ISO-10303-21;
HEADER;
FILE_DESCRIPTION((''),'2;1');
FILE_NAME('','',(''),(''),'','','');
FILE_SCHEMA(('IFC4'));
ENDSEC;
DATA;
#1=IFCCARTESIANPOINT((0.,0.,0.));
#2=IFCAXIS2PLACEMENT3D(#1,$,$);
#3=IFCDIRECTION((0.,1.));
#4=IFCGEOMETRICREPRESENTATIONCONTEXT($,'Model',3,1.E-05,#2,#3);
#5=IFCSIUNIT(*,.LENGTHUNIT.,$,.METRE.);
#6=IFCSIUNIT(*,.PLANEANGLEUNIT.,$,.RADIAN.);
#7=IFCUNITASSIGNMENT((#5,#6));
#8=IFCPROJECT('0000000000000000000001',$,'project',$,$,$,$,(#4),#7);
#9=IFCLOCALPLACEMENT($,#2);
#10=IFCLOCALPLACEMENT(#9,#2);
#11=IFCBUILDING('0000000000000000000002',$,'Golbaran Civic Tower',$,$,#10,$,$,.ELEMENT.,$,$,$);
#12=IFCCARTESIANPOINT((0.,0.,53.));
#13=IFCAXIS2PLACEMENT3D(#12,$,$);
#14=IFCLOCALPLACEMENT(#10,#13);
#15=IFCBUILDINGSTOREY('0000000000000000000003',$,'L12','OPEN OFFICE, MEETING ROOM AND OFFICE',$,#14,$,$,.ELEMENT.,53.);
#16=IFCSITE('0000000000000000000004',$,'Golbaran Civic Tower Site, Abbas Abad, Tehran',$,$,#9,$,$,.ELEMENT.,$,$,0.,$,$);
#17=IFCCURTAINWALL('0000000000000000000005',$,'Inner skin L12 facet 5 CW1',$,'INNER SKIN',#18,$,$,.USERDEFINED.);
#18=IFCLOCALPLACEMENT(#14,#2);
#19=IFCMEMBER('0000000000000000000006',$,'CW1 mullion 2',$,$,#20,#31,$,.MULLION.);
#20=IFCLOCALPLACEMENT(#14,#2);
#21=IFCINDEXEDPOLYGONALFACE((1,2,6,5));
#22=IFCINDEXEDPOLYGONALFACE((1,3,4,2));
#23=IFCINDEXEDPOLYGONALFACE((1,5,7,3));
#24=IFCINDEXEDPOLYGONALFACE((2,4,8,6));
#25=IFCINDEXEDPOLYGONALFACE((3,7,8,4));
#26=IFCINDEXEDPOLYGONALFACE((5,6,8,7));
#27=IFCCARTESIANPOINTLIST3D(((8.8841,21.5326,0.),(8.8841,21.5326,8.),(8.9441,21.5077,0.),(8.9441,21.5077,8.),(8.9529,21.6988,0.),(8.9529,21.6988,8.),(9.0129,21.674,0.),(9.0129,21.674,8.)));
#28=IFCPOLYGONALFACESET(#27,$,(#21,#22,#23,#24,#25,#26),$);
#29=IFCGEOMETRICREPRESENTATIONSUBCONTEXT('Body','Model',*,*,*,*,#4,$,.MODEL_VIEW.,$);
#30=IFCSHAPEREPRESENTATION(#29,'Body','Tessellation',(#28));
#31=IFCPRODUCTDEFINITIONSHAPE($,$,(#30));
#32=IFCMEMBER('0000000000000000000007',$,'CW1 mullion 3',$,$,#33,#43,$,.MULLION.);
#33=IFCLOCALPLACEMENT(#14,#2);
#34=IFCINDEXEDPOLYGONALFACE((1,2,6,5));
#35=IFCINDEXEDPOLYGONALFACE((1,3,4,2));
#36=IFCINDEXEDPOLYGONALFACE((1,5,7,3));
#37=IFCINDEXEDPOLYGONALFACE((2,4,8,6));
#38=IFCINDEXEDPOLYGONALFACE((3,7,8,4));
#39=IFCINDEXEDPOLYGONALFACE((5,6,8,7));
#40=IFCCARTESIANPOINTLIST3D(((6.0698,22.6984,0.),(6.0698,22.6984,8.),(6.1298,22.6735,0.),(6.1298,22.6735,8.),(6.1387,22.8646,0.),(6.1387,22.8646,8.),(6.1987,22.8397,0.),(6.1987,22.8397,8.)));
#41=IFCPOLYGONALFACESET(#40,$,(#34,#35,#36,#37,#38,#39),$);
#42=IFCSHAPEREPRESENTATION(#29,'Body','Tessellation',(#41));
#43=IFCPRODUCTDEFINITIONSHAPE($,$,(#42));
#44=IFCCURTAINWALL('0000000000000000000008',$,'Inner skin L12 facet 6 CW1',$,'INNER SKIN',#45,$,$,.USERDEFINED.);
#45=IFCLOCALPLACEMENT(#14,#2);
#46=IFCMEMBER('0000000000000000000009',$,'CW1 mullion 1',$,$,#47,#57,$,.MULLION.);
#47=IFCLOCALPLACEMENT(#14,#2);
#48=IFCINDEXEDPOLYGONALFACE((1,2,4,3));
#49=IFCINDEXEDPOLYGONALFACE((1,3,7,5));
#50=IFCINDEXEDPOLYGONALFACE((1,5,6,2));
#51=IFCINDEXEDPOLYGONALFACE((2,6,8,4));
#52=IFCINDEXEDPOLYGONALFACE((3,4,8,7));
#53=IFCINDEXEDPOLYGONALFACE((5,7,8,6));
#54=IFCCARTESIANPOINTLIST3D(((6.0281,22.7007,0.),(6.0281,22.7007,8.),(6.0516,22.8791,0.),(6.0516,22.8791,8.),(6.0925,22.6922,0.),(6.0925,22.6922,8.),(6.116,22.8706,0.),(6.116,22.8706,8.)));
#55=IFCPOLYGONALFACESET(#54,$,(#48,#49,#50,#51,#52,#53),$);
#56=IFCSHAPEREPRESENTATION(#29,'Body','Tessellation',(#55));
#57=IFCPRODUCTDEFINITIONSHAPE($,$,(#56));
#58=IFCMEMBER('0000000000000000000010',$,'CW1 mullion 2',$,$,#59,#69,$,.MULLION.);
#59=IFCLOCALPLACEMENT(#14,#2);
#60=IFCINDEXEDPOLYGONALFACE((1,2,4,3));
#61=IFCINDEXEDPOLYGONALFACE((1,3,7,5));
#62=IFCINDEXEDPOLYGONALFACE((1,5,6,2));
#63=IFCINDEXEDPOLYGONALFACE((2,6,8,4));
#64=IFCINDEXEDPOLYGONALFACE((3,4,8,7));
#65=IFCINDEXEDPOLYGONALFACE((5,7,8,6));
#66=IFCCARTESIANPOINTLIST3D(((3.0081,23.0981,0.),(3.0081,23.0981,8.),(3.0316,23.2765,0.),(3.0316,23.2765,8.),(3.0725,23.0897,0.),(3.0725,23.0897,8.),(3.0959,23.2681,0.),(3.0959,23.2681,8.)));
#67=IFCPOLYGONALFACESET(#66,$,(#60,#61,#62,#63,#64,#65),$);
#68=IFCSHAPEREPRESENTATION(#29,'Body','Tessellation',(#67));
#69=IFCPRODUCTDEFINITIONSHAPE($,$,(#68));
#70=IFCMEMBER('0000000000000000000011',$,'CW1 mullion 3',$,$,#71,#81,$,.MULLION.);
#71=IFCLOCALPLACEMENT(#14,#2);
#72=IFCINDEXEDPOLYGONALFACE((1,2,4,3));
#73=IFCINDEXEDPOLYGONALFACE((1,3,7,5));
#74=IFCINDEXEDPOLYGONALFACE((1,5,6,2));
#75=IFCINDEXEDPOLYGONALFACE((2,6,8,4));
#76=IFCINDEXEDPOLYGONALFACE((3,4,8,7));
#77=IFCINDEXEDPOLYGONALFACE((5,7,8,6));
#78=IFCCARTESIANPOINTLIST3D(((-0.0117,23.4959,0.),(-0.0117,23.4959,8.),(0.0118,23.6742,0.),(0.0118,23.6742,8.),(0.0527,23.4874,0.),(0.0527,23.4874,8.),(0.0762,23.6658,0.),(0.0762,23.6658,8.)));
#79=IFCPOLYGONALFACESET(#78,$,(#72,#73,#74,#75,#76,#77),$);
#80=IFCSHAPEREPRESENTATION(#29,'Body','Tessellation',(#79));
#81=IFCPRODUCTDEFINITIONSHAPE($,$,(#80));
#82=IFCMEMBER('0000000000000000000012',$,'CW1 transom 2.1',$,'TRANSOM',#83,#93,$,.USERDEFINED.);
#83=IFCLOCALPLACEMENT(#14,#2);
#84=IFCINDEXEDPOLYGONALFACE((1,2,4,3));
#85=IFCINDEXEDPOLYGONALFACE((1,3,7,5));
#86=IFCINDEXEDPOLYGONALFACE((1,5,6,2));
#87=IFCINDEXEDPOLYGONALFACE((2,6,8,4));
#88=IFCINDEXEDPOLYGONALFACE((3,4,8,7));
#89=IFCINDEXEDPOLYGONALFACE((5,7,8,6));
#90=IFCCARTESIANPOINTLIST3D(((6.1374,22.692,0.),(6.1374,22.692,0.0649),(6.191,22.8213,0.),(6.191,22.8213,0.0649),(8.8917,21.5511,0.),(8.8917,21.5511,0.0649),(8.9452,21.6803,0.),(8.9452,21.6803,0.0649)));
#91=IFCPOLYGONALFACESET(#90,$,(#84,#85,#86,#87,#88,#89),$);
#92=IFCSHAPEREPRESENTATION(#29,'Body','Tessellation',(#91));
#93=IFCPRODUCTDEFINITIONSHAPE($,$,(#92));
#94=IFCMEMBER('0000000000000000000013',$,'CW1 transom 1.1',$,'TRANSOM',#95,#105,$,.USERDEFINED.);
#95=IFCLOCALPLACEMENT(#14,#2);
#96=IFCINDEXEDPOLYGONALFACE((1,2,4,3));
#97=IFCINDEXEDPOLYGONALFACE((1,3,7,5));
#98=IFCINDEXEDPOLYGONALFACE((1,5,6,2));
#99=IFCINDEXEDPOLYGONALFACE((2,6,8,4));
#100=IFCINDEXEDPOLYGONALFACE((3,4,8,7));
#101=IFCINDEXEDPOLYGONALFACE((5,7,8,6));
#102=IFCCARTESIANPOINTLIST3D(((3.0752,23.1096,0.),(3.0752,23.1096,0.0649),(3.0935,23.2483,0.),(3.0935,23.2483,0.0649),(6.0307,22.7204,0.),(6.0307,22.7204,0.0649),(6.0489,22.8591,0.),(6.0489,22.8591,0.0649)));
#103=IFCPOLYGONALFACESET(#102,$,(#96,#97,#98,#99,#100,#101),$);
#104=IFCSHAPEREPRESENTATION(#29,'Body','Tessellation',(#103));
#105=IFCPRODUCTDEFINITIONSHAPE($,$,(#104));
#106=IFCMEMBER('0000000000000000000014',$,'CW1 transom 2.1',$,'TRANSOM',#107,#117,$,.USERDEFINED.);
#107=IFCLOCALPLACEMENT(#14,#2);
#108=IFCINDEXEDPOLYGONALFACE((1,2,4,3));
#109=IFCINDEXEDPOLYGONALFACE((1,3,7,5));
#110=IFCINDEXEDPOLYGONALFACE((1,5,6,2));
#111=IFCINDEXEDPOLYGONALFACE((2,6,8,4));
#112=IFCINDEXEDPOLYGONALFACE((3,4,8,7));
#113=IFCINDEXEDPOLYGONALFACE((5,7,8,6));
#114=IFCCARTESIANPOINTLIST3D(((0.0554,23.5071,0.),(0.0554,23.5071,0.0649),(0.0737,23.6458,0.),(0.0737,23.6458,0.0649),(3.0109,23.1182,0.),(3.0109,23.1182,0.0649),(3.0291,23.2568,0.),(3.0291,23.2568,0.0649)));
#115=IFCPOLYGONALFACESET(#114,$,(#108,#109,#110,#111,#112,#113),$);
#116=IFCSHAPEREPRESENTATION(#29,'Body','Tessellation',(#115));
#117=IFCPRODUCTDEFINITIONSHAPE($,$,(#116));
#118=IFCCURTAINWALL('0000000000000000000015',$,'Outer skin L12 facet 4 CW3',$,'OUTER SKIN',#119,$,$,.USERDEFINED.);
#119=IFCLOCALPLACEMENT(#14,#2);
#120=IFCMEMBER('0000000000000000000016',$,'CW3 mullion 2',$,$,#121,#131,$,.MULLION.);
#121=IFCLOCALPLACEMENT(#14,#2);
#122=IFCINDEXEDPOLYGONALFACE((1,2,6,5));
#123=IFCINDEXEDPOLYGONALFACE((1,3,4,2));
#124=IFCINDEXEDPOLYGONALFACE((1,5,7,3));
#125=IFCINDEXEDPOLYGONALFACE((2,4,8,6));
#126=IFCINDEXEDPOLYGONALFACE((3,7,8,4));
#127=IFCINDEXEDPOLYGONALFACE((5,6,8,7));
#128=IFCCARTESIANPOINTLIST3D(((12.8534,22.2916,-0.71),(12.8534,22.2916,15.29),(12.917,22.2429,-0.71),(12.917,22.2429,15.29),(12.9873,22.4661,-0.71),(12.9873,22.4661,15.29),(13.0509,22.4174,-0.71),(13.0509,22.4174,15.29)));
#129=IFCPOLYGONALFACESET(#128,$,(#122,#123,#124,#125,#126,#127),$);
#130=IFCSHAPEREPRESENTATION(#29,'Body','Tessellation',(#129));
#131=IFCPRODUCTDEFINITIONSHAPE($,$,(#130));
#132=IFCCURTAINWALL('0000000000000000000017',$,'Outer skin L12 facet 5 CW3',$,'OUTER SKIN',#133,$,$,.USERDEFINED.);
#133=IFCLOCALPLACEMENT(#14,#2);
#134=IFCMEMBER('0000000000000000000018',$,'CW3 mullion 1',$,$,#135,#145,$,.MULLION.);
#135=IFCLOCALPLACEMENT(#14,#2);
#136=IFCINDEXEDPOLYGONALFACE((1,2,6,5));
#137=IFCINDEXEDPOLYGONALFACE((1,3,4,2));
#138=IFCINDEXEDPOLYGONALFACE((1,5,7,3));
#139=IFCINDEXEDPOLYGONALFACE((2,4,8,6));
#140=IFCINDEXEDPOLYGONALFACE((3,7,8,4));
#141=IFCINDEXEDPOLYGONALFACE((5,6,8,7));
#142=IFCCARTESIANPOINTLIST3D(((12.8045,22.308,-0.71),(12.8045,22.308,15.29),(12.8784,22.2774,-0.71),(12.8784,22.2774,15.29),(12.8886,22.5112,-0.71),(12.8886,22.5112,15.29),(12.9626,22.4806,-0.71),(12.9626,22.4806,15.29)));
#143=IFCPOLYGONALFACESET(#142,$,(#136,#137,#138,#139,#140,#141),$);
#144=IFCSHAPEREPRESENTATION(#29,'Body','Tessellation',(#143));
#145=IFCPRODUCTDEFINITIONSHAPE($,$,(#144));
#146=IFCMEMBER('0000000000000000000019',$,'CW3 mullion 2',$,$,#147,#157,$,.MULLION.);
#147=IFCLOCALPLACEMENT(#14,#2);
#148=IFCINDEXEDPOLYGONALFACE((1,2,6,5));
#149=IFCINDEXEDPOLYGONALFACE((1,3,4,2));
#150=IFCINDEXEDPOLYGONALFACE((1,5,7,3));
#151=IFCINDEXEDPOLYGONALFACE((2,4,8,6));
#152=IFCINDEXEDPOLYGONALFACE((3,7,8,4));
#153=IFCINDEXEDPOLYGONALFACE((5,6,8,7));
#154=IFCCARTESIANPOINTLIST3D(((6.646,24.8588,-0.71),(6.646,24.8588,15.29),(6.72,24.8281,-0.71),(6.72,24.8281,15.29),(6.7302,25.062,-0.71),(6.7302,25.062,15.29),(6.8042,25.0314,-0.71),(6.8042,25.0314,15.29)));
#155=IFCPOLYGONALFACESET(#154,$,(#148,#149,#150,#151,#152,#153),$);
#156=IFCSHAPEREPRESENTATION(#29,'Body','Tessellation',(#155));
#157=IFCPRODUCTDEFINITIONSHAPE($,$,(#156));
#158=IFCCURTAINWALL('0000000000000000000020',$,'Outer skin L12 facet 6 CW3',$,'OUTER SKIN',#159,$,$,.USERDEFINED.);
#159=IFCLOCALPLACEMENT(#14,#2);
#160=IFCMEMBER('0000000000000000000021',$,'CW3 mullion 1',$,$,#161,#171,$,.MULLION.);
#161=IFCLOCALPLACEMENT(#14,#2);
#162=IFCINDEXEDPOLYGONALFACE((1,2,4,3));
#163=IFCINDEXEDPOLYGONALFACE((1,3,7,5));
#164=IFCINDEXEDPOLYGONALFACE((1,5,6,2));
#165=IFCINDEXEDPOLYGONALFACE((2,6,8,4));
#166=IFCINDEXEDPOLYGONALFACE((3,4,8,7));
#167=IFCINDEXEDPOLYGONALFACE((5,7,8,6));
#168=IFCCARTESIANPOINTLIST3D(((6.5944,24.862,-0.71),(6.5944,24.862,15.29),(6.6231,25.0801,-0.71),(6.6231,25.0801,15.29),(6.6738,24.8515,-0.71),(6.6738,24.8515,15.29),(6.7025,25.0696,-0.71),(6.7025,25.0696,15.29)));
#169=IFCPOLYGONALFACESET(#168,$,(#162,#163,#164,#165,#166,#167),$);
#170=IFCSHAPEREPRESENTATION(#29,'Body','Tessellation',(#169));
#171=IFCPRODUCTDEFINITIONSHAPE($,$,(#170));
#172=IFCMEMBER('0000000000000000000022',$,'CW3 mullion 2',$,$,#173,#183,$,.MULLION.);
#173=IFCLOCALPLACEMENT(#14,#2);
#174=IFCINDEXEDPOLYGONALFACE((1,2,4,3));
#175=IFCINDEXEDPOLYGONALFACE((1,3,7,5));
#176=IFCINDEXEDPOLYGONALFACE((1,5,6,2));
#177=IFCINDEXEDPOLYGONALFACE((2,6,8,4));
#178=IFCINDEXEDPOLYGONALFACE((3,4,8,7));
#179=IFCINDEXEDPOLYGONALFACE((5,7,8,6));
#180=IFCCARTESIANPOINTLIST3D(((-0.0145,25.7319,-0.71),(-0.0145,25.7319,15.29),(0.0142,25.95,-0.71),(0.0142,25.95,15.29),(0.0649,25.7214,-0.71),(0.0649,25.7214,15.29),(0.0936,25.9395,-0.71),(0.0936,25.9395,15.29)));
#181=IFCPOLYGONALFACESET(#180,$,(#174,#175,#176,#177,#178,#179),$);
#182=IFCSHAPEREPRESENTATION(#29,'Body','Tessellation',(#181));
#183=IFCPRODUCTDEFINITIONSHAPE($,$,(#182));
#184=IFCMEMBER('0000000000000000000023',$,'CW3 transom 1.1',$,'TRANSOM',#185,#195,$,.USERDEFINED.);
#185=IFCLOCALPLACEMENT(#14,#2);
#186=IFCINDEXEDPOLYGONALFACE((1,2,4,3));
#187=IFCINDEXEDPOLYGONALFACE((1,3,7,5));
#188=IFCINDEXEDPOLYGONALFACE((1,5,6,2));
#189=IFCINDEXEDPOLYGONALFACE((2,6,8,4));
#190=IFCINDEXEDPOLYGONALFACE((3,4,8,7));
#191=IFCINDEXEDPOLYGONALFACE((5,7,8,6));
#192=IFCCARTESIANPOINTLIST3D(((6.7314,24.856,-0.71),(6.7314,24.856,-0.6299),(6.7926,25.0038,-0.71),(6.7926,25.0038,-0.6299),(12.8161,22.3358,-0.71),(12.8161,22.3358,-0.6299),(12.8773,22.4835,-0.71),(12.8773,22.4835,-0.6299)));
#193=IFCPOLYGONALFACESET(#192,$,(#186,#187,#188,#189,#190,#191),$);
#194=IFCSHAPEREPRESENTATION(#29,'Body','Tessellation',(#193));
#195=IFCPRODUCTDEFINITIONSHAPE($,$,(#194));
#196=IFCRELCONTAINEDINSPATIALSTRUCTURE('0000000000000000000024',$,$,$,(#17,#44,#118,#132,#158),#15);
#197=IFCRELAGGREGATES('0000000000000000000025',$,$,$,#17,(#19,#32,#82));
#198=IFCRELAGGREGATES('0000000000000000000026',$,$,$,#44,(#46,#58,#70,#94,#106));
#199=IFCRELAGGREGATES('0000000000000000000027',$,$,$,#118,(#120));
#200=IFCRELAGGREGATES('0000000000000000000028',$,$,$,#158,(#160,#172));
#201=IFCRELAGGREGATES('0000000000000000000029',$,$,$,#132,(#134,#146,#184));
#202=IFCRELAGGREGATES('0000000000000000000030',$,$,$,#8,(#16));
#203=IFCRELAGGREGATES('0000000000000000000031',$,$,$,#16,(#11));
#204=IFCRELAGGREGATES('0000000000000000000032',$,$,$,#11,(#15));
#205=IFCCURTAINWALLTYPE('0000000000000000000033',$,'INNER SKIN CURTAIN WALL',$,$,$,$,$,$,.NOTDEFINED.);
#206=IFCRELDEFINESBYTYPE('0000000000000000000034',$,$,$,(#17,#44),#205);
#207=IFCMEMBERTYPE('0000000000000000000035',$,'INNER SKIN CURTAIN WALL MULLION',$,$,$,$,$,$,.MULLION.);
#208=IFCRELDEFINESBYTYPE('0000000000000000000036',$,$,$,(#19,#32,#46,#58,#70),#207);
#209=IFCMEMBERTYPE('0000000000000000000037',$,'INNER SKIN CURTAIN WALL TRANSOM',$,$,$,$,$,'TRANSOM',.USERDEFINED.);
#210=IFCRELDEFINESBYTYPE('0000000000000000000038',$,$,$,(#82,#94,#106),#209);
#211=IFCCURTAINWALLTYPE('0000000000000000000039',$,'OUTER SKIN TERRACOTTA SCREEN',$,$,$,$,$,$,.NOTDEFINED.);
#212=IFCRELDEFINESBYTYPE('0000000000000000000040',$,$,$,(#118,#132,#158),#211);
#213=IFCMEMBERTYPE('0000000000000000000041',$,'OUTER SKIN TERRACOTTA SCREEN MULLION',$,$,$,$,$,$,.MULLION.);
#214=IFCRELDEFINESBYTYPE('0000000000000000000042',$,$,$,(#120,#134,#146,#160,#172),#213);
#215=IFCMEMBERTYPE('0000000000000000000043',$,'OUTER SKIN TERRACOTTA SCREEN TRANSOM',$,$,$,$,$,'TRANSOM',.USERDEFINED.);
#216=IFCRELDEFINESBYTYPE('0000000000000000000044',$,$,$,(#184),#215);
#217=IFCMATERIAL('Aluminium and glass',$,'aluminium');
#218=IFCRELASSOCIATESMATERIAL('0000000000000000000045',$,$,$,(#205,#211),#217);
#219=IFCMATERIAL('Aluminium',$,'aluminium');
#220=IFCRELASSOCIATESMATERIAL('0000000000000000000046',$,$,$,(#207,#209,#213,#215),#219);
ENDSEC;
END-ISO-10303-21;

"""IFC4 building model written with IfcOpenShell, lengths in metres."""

from ifc_helpers import new_model, si_unit, direction, frame, origin, origin_2d, place, context, subcontext, project, spatial, rectangle, extrude, material, material_profile, profile_set, type_object, element, aggregate, save


model = new_model("IFC4")

# Units and contexts
model_context = context("Model", 3, precision=1e-05, world=origin(), true_north=direction((0.0, 1.0)))
body_context = subcontext(model_context, "Body", "Model", "MODEL_VIEW")
ifc_project = project(units=[si_unit("LENGTHUNIT", "METRE"), si_unit("PLANEANGLEUNIT", "RADIAN")], contexts=[model_context])

# Site, building, storey
site_placement = place(None, origin())
site = spatial("IfcSite", under=ifc_project, at=site_placement, Name="Golbaran Civic Tower Site, Abbas Abad, Tehran", CompositionType="ELEMENT", RefElevation=0.0)
building_placement = place(site_placement, origin())
building = spatial("IfcBuilding", under=site, at=building_placement, Name="Golbaran Civic Tower", CompositionType="ELEMENT")
storey_placement = place(building_placement, frame((0.0, 0.0, 53.0)))
storey = spatial("IfcBuildingStorey", under=building, at=storey_placement, Name="L12", Description="OPEN OFFICE, MEETING ROOM AND OFFICE", CompositionType="ELEMENT", Elevation=53.0)

# Curtain walls, members
ifc_material_1 = material(Name="Aluminium and glass", Category="aluminium")
curtain_wall_type_1 = type_object("IfcCurtainWallType", Name="INNER SKIN CURTAIN WALL", PredefinedType="NOTDEFINED", material=ifc_material_1)
curtain_wall_1_placement = place(storey_placement, origin())
curtain_wall_1 = element("IfcCurtainWall", 1, at=curtain_wall_1_placement, inside=storey, type_object=curtain_wall_type_1, Name="Inner skin L12 facet 5 CW1", ObjectType="INNER SKIN", PredefinedType="USERDEFINED")
ifc_material_2 = material(Name="Aluminium", Category="aluminium")
ifc_material_profile_1 = material_profile(ifc_material_2, rectangle(XDim=0.1799, YDim=0.0649, at=origin_2d()), Name="INNER SKIN CURTAIN WALL MULLION")
ifc_profile_set_1 = profile_set([ifc_material_profile_1], Name="Aluminium")
member_type_1 = type_object("IfcMemberType", Name="INNER SKIN CURTAIN WALL MULLION", PredefinedType="MULLION", material=ifc_profile_set_1)
member_1_placement = place(storey_placement, frame((8.9485, 21.6033, 0.0), z_axis=(0.0, 0.0, 1.0), x_axis=(-0.382683, -0.92388, 0.0)))
member_1 = element("IfcMember", 2, at=member_1_placement, type_object=member_type_1, Name="CW1 mullion 2", PredefinedType="MULLION", context=body_context, shape_type="SweptSolid", body=[
    extrude(rectangle(XDim=0.1799, YDim=0.0649, at=origin_2d()), origin(), (0.0, 0.0, 1.0), 8.0),
])
member_2_placement = place(storey_placement, frame((6.1343, 22.769, 0.0), z_axis=(0.0, 0.0, 1.0), x_axis=(-0.382683, -0.92388, 0.0)))
member_2 = element("IfcMember", 3, at=member_2_placement, type_object=member_type_1, Name="CW1 mullion 3", PredefinedType="MULLION", context=body_context, shape_type="SweptSolid", body=[
    extrude(rectangle(XDim=0.1799, YDim=0.0649, at=origin_2d()), origin(), (0.0, 0.0, 1.0), 8.0),
])
curtain_wall_2_placement = place(storey_placement, origin())
curtain_wall_2 = element("IfcCurtainWall", 4, at=curtain_wall_2_placement, inside=storey, type_object=curtain_wall_type_1, Name="Inner skin L12 facet 6 CW1", ObjectType="INNER SKIN", PredefinedType="USERDEFINED")
member_3_placement = place(storey_placement, frame((6.072, 22.7856, 0.0), z_axis=(0.0, 0.0, 1.0), x_axis=(-0.130526, -0.991445, 0.0)))
member_3 = element("IfcMember", 5, at=member_3_placement, type_object=member_type_1, Name="CW1 mullion 1", PredefinedType="MULLION", context=body_context, shape_type="SweptSolid", body=[
    extrude(rectangle(XDim=0.1799, YDim=0.0649, at=origin_2d()), origin(), (0.0, 0.0, 1.0), 8.0),
])
member_4_placement = place(storey_placement, frame((3.052, 23.1831, 0.0), z_axis=(0.0, 0.0, 1.0), x_axis=(-0.130526, -0.991445, 0.0)))
member_4 = element("IfcMember", 6, at=member_4_placement, type_object=member_type_1, Name="CW1 mullion 2", PredefinedType="MULLION", context=body_context, shape_type="SweptSolid", body=[
    extrude(rectangle(XDim=0.1799, YDim=0.0649, at=origin_2d()), origin(), (0.0, 0.0, 1.0), 8.0),
])
member_5_placement = place(storey_placement, frame((0.0322, 23.5808, 0.0), z_axis=(0.0, 0.0, 1.0), x_axis=(-0.130526, -0.991445, 0.0)))
member_5 = element("IfcMember", 7, at=member_5_placement, type_object=member_type_1, Name="CW1 mullion 3", PredefinedType="MULLION", context=body_context, shape_type="SweptSolid", body=[
    extrude(rectangle(XDim=0.1799, YDim=0.0649, at=origin_2d()), origin(), (0.0, 0.0, 1.0), 8.0),
])

# Members
ifc_material_profile_2 = material_profile(ifc_material_2, rectangle(XDim=0.1399, YDim=0.0649, at=origin_2d()), Name="INNER SKIN CURTAIN WALL TRANSOM")
ifc_profile_set_2 = profile_set([ifc_material_profile_2], Name="Aluminium")
member_type_2 = type_object("IfcMemberType", Name="INNER SKIN CURTAIN WALL TRANSOM", ElementType="TRANSOM", PredefinedType="USERDEFINED", material=ifc_profile_set_2)
member_6_placement = place(storey_placement, frame((8.9185, 21.6157, 0.0325), z_axis=(-0.923872, 0.382701, 0.0), x_axis=(-0.382701, -0.923872, 0.0)))
member_6 = element("IfcMember", 8, at=member_6_placement, type_object=member_type_2, Name="CW1 transom 2.1", ObjectType="TRANSOM", PredefinedType="USERDEFINED", context=body_context, shape_type="SweptSolid", body=[
    extrude(rectangle(XDim=0.1399, YDim=0.0649, at=origin_2d()), origin(), (0.0, 0.0, 1.0), 2.9812),
])
member_7_placement = place(storey_placement, frame((6.0398, 22.7898, 0.0325), z_axis=(-0.991443, 0.130543, 0.0), x_axis=(-0.130543, -0.991443, 0.0)))
member_7 = element("IfcMember", 9, at=member_7_placement, type_object=member_type_2, Name="CW1 transom 1.1", ObjectType="TRANSOM", PredefinedType="USERDEFINED", context=body_context, shape_type="SweptSolid", body=[
    extrude(rectangle(XDim=0.1399, YDim=0.0649, at=origin_2d()), origin(), (0.0, 0.0, 1.0), 2.981),
])
member_8_placement = place(storey_placement, frame((3.02, 23.1875, 0.0325), z_axis=(-0.991453, 0.130463, 0.0), x_axis=(-0.130463, -0.991453, 0.0)))
member_8 = element("IfcMember", 10, at=member_8_placement, type_object=member_type_2, Name="CW1 transom 2.1", ObjectType="TRANSOM", PredefinedType="USERDEFINED", context=body_context, shape_type="SweptSolid", body=[
    extrude(rectangle(XDim=0.1399, YDim=0.0649, at=origin_2d()), origin(), (0.0, 0.0, 1.0), 2.981),
])

# Curtain wall, member
curtain_wall_type_2 = type_object("IfcCurtainWallType", Name="OUTER SKIN TERRACOTTA SCREEN", PredefinedType="NOTDEFINED", material=ifc_material_1)
curtain_wall_3_placement = place(storey_placement, origin())
curtain_wall_3 = element("IfcCurtainWall", 11, at=curtain_wall_3_placement, inside=storey, type_object=curtain_wall_type_2, Name="Outer skin L12 facet 4 CW3", ObjectType="OUTER SKIN", PredefinedType="USERDEFINED")
ifc_material_profile_3 = material_profile(ifc_material_2, rectangle(XDim=0.22, YDim=0.0801, at=origin_2d()), Name="OUTER SKIN TERRACOTTA SCREEN MULLION")
ifc_profile_set_3 = profile_set([ifc_material_profile_3], Name="Aluminium")
member_type_3 = type_object("IfcMemberType", Name="OUTER SKIN TERRACOTTA SCREEN MULLION", PredefinedType="MULLION", material=ifc_profile_set_3)
member_9_placement = place(storey_placement, frame((12.9521, 22.3545, -0.71), z_axis=(0.0, 0.0, 1.0), x_axis=(-0.608761, -0.793353, 0.0)))
member_9 = element("IfcMember", 12, at=member_9_placement, type_object=member_type_3, Name="CW3 mullion 2", PredefinedType="MULLION", context=body_context, shape_type="SweptSolid", body=[
    extrude(rectangle(XDim=0.22, YDim=0.0801, at=origin_2d()), origin(), (0.0, 0.0, 1.0), 16.0),
])

# Curtain walls, members
curtain_wall_4_placement = place(storey_placement, origin())
curtain_wall_4 = element("IfcCurtainWall", 13, at=curtain_wall_4_placement, inside=storey, type_object=curtain_wall_type_2, Name="Outer skin L12 facet 5 CW3", ObjectType="OUTER SKIN", PredefinedType="USERDEFINED")
member_10_placement = place(storey_placement, frame((12.8835, 22.3943, -0.71), z_axis=(0.0, 0.0, 1.0), x_axis=(-0.382683, -0.92388, 0.0)))
member_10 = element("IfcMember", 14, at=member_10_placement, type_object=member_type_3, Name="CW3 mullion 1", PredefinedType="MULLION", context=body_context, shape_type="SweptSolid", body=[
    extrude(rectangle(XDim=0.22, YDim=0.0801, at=origin_2d()), origin(), (0.0, 0.0, 1.0), 16.0),
])
member_11_placement = place(storey_placement, frame((6.7251, 24.9451, -0.71), z_axis=(0.0, 0.0, 1.0), x_axis=(-0.382683, -0.92388, 0.0)))
member_11 = element("IfcMember", 15, at=member_11_placement, type_object=member_type_3, Name="CW3 mullion 2", PredefinedType="MULLION", context=body_context, shape_type="SweptSolid", body=[
    extrude(rectangle(XDim=0.22, YDim=0.0801, at=origin_2d()), origin(), (0.0, 0.0, 1.0), 16.0),
])
curtain_wall_5_placement = place(storey_placement, origin())
curtain_wall_5 = element("IfcCurtainWall", 16, at=curtain_wall_5_placement, inside=storey, type_object=curtain_wall_type_2, Name="Outer skin L12 facet 6 CW3", ObjectType="OUTER SKIN", PredefinedType="USERDEFINED")
member_12_placement = place(storey_placement, frame((6.6484, 24.9658, -0.71), z_axis=(0.0, 0.0, 1.0), x_axis=(-0.130526, -0.991445, 0.0)))
member_12 = element("IfcMember", 17, at=member_12_placement, type_object=member_type_3, Name="CW3 mullion 1", PredefinedType="MULLION", context=body_context, shape_type="SweptSolid", body=[
    extrude(rectangle(XDim=0.22, YDim=0.0801, at=origin_2d()), origin(), (0.0, 0.0, 1.0), 16.0),
])
member_13_placement = place(storey_placement, frame((0.0396, 25.8357, -0.71), z_axis=(0.0, 0.0, 1.0), x_axis=(-0.130526, -0.991445, 0.0)))
member_13 = element("IfcMember", 18, at=member_13_placement, type_object=member_type_3, Name="CW3 mullion 2", PredefinedType="MULLION", context=body_context, shape_type="SweptSolid", body=[
    extrude(rectangle(XDim=0.22, YDim=0.0801, at=origin_2d()), origin(), (0.0, 0.0, 1.0), 16.0),
])

# Member
ifc_material_profile_4 = material_profile(ifc_material_2, rectangle(XDim=0.1599, YDim=0.0801, at=origin_2d()), Name="OUTER SKIN TERRACOTTA SCREEN TRANSOM")
ifc_profile_set_4 = profile_set([ifc_material_profile_4], Name="Aluminium")
member_type_4 = type_object("IfcMemberType", Name="OUTER SKIN TERRACOTTA SCREEN TRANSOM", ElementType="TRANSOM", PredefinedType="USERDEFINED", material=ifc_profile_set_4)
member_14_placement = place(storey_placement, frame((12.8467, 22.4097, -0.6699), z_axis=(-0.923885, 0.382669, 0.0), x_axis=(-0.382669, -0.923885, 0.0)))
member_14 = element("IfcMember", 19, at=member_14_placement, type_object=member_type_4, Name="CW3 transom 1.1", ObjectType="TRANSOM", PredefinedType="USERDEFINED", context=body_context, shape_type="SweptSolid", body=[
    extrude(rectangle(XDim=0.1599, YDim=0.0801, at=origin_2d()), origin(), (0.0, 0.0, 1.0), 6.5859),
])

aggregate(curtain_wall_1, [member_1, member_2, member_6])
aggregate(curtain_wall_2, [member_3, member_4, member_5, member_7, member_8])
aggregate(curtain_wall_3, [member_9])
aggregate(curtain_wall_5, [member_12, member_13])
aggregate(curtain_wall_4, [member_10, member_11, member_14])

save(model, "model.ifc")
